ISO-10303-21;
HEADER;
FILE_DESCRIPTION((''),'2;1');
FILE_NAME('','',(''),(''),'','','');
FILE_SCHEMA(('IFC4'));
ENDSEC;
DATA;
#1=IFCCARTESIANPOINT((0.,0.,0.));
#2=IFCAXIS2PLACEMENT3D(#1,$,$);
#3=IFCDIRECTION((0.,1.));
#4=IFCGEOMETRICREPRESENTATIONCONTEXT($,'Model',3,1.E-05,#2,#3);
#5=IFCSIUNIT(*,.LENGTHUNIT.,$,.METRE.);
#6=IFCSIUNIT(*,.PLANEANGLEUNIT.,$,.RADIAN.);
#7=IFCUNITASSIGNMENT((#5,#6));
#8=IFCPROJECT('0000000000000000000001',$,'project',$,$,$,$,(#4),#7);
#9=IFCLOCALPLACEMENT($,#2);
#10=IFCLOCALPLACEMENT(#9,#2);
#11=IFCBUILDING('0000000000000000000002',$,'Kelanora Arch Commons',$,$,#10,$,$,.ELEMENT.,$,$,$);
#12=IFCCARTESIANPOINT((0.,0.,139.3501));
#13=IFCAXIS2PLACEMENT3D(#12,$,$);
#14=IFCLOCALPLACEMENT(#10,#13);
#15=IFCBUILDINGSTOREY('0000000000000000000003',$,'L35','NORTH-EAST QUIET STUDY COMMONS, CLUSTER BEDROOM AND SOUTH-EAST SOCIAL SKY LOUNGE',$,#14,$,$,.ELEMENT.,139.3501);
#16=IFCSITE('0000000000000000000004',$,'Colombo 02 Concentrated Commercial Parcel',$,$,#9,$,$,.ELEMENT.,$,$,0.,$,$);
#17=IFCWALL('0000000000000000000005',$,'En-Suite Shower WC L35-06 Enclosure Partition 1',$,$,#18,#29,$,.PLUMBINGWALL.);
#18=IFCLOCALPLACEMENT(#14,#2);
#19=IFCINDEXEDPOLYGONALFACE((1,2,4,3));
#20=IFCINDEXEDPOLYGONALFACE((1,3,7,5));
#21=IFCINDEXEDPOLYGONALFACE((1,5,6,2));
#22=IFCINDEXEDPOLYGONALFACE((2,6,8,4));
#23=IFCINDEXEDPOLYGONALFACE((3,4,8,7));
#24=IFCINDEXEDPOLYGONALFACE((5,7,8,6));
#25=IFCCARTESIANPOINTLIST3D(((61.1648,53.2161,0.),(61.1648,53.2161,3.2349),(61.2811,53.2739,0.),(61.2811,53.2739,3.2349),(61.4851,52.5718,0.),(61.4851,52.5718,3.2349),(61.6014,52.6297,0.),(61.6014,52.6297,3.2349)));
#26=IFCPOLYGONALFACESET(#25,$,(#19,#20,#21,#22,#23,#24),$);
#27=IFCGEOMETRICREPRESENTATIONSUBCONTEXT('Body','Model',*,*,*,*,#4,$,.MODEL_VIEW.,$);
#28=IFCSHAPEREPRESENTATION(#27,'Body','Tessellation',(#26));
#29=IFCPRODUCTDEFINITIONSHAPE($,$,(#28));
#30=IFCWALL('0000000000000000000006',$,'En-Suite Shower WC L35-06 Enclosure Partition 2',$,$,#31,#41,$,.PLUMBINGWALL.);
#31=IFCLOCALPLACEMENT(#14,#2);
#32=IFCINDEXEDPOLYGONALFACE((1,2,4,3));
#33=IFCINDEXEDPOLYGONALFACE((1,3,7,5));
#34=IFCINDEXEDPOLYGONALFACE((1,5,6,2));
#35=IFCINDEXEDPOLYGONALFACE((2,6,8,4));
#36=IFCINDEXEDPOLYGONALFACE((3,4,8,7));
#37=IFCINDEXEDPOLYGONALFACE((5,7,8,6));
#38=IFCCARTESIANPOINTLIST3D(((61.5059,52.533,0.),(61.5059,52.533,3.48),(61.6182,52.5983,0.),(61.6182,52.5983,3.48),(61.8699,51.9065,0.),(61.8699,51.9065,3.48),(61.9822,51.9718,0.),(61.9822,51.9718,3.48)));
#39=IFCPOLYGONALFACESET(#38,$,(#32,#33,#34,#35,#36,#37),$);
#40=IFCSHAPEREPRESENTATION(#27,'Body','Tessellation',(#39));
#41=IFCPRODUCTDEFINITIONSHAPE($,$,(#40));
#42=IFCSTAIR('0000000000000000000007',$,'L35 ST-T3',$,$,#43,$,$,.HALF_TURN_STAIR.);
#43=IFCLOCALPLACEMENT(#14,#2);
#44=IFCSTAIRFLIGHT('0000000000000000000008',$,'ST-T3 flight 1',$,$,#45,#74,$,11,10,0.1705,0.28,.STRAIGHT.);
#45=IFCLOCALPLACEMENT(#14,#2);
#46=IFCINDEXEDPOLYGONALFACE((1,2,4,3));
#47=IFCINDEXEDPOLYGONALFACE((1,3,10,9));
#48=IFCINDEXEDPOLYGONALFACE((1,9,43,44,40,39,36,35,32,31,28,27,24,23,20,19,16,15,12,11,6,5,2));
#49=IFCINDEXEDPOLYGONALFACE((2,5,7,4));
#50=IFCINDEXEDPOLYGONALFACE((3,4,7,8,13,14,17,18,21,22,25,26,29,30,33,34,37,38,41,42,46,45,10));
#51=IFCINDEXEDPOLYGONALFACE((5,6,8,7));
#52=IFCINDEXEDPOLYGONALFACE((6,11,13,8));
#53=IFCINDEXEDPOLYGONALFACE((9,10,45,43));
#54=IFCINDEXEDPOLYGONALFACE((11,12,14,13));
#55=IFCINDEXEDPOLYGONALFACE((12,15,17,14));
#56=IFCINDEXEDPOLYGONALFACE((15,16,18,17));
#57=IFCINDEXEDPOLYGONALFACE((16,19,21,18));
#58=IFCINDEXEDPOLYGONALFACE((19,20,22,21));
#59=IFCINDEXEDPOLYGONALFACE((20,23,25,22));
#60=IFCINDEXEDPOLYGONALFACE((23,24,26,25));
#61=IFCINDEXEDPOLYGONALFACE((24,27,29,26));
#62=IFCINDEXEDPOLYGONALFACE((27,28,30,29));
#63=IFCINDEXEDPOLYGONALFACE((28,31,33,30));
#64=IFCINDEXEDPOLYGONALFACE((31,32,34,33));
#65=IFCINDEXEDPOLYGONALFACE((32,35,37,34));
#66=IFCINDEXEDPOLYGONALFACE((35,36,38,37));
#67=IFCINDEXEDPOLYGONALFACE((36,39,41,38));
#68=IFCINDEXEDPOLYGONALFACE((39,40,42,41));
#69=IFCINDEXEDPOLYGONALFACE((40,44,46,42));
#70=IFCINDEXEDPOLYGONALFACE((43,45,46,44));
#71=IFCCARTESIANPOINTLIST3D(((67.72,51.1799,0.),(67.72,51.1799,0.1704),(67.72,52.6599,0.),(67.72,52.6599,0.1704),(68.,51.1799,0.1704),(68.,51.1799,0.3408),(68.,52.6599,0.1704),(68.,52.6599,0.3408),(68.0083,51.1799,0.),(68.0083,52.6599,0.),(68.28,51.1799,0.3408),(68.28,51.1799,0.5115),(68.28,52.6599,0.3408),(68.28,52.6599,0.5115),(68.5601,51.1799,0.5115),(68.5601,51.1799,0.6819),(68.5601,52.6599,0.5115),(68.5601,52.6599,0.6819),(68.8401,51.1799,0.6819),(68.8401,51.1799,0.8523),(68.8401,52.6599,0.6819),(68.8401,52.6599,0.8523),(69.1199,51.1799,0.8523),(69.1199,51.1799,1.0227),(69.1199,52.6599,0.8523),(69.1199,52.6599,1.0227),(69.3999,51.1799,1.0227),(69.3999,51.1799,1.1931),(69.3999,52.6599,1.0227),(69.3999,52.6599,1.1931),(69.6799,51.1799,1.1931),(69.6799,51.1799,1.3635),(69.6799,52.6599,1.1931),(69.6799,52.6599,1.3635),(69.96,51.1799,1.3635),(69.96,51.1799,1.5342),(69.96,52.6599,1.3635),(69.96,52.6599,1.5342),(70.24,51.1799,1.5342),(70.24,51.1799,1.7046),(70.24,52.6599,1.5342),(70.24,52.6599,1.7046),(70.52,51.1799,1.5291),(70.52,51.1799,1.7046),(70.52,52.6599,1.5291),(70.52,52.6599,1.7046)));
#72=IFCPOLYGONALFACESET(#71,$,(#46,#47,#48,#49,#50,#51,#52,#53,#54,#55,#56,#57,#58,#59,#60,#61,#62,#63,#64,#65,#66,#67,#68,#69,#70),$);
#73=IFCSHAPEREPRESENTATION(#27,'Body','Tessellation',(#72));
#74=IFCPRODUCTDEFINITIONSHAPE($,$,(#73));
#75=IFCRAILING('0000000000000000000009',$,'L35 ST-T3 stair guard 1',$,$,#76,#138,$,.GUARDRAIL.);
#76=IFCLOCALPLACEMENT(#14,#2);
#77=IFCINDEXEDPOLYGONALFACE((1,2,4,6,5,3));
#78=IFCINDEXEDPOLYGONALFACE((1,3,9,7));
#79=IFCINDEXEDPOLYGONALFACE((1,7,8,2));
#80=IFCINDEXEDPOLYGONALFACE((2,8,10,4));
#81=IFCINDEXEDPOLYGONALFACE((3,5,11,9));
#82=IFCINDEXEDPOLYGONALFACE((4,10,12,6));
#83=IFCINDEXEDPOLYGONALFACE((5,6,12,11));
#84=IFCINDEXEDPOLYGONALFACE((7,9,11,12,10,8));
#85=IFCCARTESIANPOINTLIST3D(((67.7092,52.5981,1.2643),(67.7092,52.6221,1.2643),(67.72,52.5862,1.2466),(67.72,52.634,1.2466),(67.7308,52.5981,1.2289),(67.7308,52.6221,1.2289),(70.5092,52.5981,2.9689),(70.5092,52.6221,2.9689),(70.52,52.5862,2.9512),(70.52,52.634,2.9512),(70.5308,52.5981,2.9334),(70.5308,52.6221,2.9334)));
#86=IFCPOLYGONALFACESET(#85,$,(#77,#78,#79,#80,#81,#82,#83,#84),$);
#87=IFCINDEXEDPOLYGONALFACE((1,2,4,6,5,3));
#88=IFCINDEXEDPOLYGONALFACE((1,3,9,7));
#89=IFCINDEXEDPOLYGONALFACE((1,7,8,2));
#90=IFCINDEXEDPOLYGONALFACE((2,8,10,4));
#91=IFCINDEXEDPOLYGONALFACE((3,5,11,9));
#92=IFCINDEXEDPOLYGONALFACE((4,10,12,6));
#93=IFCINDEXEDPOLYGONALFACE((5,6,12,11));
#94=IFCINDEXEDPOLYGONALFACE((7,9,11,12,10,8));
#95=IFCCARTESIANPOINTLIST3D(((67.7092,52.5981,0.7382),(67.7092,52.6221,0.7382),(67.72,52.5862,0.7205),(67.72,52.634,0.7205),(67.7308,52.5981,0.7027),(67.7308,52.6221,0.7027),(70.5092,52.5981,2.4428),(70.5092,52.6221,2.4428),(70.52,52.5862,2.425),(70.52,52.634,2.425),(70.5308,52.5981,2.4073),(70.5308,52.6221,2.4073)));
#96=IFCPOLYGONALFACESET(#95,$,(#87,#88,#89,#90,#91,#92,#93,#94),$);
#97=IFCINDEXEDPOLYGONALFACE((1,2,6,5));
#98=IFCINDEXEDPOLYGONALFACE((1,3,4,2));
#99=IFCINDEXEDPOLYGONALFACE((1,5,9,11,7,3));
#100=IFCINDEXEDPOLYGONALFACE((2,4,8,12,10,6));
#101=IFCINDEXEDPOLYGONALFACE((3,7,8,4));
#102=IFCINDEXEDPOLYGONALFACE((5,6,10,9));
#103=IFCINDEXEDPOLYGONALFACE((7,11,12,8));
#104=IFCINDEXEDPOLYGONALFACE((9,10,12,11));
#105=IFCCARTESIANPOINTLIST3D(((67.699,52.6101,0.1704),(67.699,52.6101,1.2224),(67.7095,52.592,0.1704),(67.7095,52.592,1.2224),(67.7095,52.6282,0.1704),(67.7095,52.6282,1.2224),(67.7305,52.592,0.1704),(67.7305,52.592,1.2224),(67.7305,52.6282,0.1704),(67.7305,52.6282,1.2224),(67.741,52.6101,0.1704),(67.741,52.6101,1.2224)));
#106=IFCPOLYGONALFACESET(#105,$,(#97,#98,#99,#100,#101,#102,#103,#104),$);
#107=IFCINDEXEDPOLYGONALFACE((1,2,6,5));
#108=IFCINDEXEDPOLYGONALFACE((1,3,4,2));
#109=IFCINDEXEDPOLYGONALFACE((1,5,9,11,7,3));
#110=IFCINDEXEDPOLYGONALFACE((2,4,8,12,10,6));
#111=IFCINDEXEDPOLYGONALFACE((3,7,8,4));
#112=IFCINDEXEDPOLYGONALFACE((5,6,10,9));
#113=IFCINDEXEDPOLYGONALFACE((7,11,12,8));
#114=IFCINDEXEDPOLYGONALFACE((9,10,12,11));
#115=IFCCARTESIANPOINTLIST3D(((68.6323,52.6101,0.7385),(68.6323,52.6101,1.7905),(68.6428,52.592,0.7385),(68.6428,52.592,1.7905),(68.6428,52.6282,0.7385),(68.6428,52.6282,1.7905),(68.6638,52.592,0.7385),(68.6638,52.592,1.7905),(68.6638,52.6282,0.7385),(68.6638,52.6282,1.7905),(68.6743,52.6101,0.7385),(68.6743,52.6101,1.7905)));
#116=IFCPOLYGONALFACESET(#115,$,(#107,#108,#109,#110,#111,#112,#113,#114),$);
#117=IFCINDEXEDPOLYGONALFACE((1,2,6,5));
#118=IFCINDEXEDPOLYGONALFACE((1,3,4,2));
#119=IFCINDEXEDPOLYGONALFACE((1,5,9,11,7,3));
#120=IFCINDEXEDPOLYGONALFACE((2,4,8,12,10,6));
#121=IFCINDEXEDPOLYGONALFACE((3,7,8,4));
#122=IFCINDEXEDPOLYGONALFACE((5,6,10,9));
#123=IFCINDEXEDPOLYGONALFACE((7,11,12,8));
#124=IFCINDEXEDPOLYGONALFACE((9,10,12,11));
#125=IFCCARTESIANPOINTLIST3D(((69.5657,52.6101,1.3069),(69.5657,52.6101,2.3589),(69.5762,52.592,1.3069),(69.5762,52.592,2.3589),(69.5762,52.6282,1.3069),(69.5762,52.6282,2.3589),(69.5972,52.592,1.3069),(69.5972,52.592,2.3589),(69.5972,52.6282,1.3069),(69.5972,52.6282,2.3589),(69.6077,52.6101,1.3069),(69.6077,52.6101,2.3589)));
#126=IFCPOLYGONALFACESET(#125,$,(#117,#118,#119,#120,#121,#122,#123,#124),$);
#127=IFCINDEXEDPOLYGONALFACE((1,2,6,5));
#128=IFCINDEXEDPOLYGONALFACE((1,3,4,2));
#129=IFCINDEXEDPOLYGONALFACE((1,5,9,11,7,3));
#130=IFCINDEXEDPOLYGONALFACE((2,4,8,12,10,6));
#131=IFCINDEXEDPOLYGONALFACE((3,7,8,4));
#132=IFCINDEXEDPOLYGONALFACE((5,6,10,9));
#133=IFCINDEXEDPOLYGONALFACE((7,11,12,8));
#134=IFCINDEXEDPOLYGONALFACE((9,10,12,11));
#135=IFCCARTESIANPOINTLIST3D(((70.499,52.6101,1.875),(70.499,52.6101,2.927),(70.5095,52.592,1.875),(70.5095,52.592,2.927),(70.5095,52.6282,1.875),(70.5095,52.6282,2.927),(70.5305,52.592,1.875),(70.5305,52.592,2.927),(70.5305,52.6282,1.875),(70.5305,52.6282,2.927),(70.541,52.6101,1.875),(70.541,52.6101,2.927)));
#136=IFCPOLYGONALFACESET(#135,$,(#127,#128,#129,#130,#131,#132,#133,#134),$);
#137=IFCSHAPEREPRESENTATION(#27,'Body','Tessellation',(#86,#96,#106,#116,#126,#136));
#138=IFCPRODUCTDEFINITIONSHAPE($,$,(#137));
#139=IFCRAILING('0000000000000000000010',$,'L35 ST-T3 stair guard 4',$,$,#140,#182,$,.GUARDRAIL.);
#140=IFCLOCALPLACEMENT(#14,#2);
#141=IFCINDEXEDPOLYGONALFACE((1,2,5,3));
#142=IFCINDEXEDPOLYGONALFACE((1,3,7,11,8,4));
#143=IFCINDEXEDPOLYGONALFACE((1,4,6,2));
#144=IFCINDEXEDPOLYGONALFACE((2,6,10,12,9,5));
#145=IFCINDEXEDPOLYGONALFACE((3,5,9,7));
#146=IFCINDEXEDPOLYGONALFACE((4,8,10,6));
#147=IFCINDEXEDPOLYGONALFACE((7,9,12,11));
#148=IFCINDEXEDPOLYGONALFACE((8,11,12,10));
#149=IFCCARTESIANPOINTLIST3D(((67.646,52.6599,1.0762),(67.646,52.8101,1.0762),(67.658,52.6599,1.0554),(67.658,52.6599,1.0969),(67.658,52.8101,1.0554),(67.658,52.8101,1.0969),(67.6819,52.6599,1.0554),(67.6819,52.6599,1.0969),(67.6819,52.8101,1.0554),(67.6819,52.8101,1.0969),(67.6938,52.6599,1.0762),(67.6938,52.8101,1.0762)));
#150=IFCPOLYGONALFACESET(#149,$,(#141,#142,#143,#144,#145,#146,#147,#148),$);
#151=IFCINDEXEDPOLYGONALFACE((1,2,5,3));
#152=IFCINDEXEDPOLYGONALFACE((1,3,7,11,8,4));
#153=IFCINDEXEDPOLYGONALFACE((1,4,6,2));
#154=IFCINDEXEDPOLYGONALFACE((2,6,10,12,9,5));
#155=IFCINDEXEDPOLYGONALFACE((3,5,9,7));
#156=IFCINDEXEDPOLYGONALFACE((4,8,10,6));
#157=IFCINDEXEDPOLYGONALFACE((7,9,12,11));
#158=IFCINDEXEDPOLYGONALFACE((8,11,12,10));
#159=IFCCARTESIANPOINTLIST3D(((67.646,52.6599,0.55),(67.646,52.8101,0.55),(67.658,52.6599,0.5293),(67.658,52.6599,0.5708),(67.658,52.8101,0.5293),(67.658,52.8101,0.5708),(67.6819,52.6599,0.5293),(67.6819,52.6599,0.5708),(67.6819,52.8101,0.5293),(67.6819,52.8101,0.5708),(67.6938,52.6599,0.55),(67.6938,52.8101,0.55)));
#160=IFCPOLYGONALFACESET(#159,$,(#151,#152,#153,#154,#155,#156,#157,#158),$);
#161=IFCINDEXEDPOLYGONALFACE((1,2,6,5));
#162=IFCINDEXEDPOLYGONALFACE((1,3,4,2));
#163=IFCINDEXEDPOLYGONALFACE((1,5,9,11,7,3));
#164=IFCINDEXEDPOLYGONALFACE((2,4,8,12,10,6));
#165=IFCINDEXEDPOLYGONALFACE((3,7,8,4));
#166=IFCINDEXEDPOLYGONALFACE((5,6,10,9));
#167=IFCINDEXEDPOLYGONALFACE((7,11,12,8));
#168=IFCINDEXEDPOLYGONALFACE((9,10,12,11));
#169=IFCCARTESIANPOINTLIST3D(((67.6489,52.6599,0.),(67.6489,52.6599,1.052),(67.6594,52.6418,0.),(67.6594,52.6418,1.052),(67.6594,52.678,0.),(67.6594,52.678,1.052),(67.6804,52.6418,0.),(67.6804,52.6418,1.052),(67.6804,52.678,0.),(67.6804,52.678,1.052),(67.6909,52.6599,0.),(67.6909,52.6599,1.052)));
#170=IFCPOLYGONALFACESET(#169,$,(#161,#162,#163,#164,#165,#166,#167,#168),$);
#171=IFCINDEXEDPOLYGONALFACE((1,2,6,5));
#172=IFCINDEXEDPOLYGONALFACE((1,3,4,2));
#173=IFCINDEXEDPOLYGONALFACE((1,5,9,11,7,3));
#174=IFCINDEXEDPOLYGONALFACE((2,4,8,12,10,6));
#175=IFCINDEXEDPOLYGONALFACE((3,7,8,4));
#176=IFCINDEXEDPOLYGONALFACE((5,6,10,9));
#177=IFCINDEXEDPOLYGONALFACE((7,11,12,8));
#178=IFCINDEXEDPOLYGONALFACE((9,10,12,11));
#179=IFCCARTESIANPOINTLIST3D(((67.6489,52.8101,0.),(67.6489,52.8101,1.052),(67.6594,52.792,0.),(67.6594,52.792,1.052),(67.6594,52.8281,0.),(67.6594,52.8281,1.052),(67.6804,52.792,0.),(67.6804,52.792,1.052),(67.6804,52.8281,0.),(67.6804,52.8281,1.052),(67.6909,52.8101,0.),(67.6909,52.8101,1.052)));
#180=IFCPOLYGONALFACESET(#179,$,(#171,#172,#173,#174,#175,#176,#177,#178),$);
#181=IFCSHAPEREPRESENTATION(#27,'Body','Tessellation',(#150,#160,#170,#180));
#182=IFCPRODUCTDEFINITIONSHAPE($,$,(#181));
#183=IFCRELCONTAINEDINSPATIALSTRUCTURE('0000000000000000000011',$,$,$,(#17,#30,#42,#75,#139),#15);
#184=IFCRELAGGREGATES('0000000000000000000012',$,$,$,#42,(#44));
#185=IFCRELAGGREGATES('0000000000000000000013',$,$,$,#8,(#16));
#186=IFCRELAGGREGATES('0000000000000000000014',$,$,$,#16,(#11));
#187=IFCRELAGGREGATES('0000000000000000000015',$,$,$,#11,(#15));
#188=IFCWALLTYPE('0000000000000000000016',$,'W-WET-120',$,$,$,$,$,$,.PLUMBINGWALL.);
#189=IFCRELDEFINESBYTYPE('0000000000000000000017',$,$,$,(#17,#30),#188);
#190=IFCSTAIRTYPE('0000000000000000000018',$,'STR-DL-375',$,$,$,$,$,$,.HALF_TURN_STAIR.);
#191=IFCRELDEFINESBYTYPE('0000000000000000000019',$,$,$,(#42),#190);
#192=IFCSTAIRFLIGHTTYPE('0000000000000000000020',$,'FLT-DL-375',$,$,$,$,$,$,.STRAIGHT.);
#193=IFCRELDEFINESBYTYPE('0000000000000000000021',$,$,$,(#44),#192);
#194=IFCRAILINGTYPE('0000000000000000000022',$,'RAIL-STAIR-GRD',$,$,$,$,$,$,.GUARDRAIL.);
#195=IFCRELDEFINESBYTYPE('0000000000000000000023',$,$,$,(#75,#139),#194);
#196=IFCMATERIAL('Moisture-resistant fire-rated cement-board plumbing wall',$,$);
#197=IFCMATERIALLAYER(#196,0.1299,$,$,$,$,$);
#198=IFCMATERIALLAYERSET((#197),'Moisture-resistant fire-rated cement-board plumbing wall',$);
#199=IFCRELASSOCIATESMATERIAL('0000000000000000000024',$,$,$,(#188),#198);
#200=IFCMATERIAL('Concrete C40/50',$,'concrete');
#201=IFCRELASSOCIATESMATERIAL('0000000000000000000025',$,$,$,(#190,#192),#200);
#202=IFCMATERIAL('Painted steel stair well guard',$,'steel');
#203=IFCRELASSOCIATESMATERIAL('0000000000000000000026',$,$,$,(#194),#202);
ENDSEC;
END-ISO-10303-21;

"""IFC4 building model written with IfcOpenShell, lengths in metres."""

from ifc_helpers import new_model, si_unit, direction, frame, frame_2d, origin, place, context, subcontext, project, spatial, polyline, rectangle, outline, extrude, material, layer, layer_set, type_object, element, aggregate, save


model = new_model("IFC4")

# Units and contexts
model_context = context("Model", 3, precision=1e-05, world=origin(), true_north=direction((0.0, 1.0)))
body_context = subcontext(model_context, "Body", "Model", "MODEL_VIEW")
ifc_project = project(units=[si_unit("LENGTHUNIT", "METRE"), si_unit("PLANEANGLEUNIT", "RADIAN")], contexts=[model_context])

# Site, building, storey
site_placement = place(None, origin())
site = spatial("IfcSite", under=ifc_project, at=site_placement, Name="Colombo 02 Concentrated Commercial Parcel", CompositionType="ELEMENT", RefElevation=0.0)
building_placement = place(site_placement, origin())
building = spatial("IfcBuilding", under=site, at=building_placement, Name="Kelanora Arch Commons", CompositionType="ELEMENT")
storey_placement = place(building_placement, frame((0.0, 0.0, 139.3501)))
storey = spatial("IfcBuildingStorey", under=building, at=storey_placement, Name="L35", Description="NORTH-EAST QUIET STUDY COMMONS, CLUSTER BEDROOM AND SOUTH-EAST SOCIAL SKY LOUNGE", CompositionType="ELEMENT", Elevation=139.3501)

# Shared definitions
ifc_material_1 = material(Name="Concrete C40/50", Category="concrete")

# Shared definitions
ifc_material_2 = material(Name="Moisture-resistant fire-rated cement-board plumbing wall")
ifc_layer_1 = layer(ifc_material_2, 0.1299)
ifc_layer_set_1 = layer_set([ifc_layer_1], Name="Moisture-resistant fire-rated cement-board plumbing wall")
wall_type_1 = type_object("IfcWallType", Name="W-WET-120", PredefinedType="PLUMBINGWALL", material=ifc_layer_set_1)

# Walls
wall_1_placement = place(storey_placement, frame((61.2229, 53.2451, 0.0), z_axis=(0.0, 0.0, 1.0), x_axis=(0.445177, -0.895443, 0.0)))
element("IfcWall", 1, at=wall_1_placement, inside=storey, type_object=wall_type_1, Name="En-Suite Shower WC L35-06 Enclosure Partition 1", PredefinedType="PLUMBINGWALL", context=body_context, shape_type="SweptSolid", body=[
    extrude(rectangle(XDim=0.7195, YDim=0.1299, at=frame_2d((0.3599, 0.0))), origin(), (0.0, 0.0, 1.0), 3.2349),
])
wall_2_placement = place(storey_placement, frame((61.562, 52.5657, 0.0), z_axis=(0.0, 0.0, 1.0), x_axis=(0.502404, -0.864633, 0.0)))
element("IfcWall", 2, at=wall_2_placement, inside=storey, type_object=wall_type_1, Name="En-Suite Shower WC L35-06 Enclosure Partition 2", PredefinedType="PLUMBINGWALL", context=body_context, shape_type="SweptSolid", body=[
    extrude(rectangle(XDim=0.7246, YDim=0.1299, at=frame_2d((0.3623, 0.0))), origin(), (0.0, 0.0, 1.0), 3.48),
])

# Stair, stair flight
stair_type = type_object("IfcStairType", Name="STR-DL-375", PredefinedType="HALF_TURN_STAIR", material=ifc_material_1)
stair_placement = place(storey_placement, origin())
stair = element("IfcStair", 3, at=stair_placement, inside=storey, type_object=stair_type, Name="L35 ST-T3", PredefinedType="HALF_TURN_STAIR")
stair_flight_type = type_object("IfcStairFlightType", Name="FLT-DL-375", PredefinedType="STRAIGHT", material=ifc_material_1)
stair_flight_placement = place(storey_placement, frame((67.72, 51.9199, 0.0), z_axis=(0.0, 0.0, 1.0), x_axis=(1.0, 0.0, 0.0)))
stair_flight = element("IfcStairFlight", 4, at=stair_flight_placement, type_object=stair_flight_type, Name="ST-T3 flight 1", NumberOfRisers=11, NumberOfTreads=10, PredefinedType="STRAIGHT", RiserHeight=0.1705, TreadLength=0.28, context=body_context, shape_type="SweptSolid", body=[
    extrude(outline(polyline([(0.0, 0.0), (0.0, 0.1704), (0.28, 0.1704), (0.28, 0.3408), (0.5601, 0.3408), (0.5601, 0.5115), (0.8401, 0.5115), (0.8401, 0.6819), (1.1201, 0.6819), (1.1201, 0.8523), (1.3999, 0.8523), (1.3999, 1.0227), (1.6799, 1.0227), (1.6799, 1.1931), (1.96, 1.1931), (1.96, 1.3635), (2.24, 1.3635), (2.24, 1.5342), (2.52, 1.5342), (2.52, 1.7046), (2.8, 1.7046), (2.8, 1.875), (2.8, 1.5291), (0.2883, 0.0), (0.0, 0.0)])), frame((0.0, 0.74, 0.0), z_axis=(0.0, -1.0, 0.0), x_axis=(1.0, 0.0, 0.0)), (0.0, 0.0, 1.0), 1.48),
])
aggregate(stair, [stair_flight])

# Railings
ifc_material_3 = material(Name="Painted steel stair well guard", Category="steel")
railing_type = type_object("IfcRailingType", Name="RAIL-STAIR-GRD", PredefinedType="GUARDRAIL", material=ifc_material_3)
railing_1_placement = place(storey_placement, frame((67.72, 52.6101, 0.1704)))
element("IfcRailing", 5, at=railing_1_placement, inside=storey, type_object=railing_type, Name="L35 ST-T3 stair guard 1", PredefinedType="GUARDRAIL", context=body_context, shape_type="SweptSolid", body=[
    extrude(outline(polyline([(0.0239, 0.0), (0.012, 0.0208), (-0.012, 0.0208), (-0.0239, 0.0), (-0.012, -0.0208), (0.012, -0.0208), (0.0239, 0.0)])), frame((0.0, 0.0, 1.0762), z_axis=(0.85417, 0.0, 0.519994), x_axis=(0.0, 1.0, 0.0)), (0.0, 0.0, 1.0), 3.2781),
    extrude(outline(polyline([(0.0239, 0.0), (0.012, 0.0208), (-0.012, 0.0208), (-0.0239, 0.0), (-0.012, -0.0208), (0.012, -0.0208), (0.0239, 0.0)])), frame((0.0, 0.0, 0.55), z_axis=(0.85417, 0.0, 0.519994), x_axis=(0.0, 1.0, 0.0)), (0.0, 0.0, 1.0), 3.2781),
    extrude(outline(polyline([(0.021, 0.0), (0.0105, 0.0181), (-0.0105, 0.0181), (-0.021, 0.0), (-0.0105, -0.0181), (0.0105, -0.0181), (0.021, 0.0)])), origin(), (0.0, 0.0, 1.0), 1.052),
    extrude(outline(polyline([(0.021, 0.0), (0.0105, 0.0181), (-0.0105, 0.0181), (-0.021, 0.0), (-0.0105, -0.0181), (0.0105, -0.0181), (0.021, 0.0)])), frame((0.9333, 0.0, 0.5681)), (0.0, 0.0, 1.0), 1.052),
    extrude(outline(polyline([(0.021, 0.0), (0.0105, 0.0181), (-0.0105, 0.0181), (-0.021, 0.0), (-0.0105, -0.0181), (0.0105, -0.0181), (0.021, 0.0)])), frame((1.8667, 0.0, 1.1365)), (0.0, 0.0, 1.0), 1.052),
    extrude(outline(polyline([(0.021, 0.0), (0.0105, 0.0181), (-0.0105, 0.0181), (-0.021, 0.0), (-0.0105, -0.0181), (0.0105, -0.0181), (0.021, 0.0)])), frame((2.8, 0.0, 1.7046)), (0.0, 0.0, 1.0), 1.052),
])
railing_2_placement = place(storey_placement, frame((67.6699, 52.6599, 0.0)))
element("IfcRailing", 6, at=railing_2_placement, inside=storey, type_object=railing_type, Name="L35 ST-T3 stair guard 4", PredefinedType="GUARDRAIL", context=body_context, shape_type="SweptSolid", body=[
    extrude(outline(polyline([(0.0239, 0.0), (0.012, 0.0208), (-0.012, 0.0208), (-0.0239, 0.0), (-0.012, -0.0208), (0.012, -0.0208), (0.0239, 0.0)])), frame((0.0, 0.0, 1.0762), z_axis=(0.0, 1.0, 0.0), x_axis=(-1.0, 0.0, 0.0)), (0.0, 0.0, 1.0), 0.1501),
    extrude(outline(polyline([(0.0239, 0.0), (0.012, 0.0208), (-0.012, 0.0208), (-0.0239, 0.0), (-0.012, -0.0208), (0.012, -0.0208), (0.0239, 0.0)])), frame((0.0, 0.0, 0.55), z_axis=(0.0, 1.0, 0.0), x_axis=(-1.0, 0.0, 0.0)), (0.0, 0.0, 1.0), 0.1501),
    extrude(outline(polyline([(0.021, 0.0), (0.0105, 0.0181), (-0.0105, 0.0181), (-0.021, 0.0), (-0.0105, -0.0181), (0.0105, -0.0181), (0.021, 0.0)])), origin(), (0.0, 0.0, 1.0), 1.052),
    extrude(outline(polyline([(0.021, 0.0), (0.0105, 0.0181), (-0.0105, 0.0181), (-0.021, 0.0), (-0.0105, -0.0181), (0.0105, -0.0181), (0.021, 0.0)])), frame((0.0, 0.1501, 0.0)), (0.0, 0.0, 1.0), 1.052),
])

save(model, "model.ifc")
